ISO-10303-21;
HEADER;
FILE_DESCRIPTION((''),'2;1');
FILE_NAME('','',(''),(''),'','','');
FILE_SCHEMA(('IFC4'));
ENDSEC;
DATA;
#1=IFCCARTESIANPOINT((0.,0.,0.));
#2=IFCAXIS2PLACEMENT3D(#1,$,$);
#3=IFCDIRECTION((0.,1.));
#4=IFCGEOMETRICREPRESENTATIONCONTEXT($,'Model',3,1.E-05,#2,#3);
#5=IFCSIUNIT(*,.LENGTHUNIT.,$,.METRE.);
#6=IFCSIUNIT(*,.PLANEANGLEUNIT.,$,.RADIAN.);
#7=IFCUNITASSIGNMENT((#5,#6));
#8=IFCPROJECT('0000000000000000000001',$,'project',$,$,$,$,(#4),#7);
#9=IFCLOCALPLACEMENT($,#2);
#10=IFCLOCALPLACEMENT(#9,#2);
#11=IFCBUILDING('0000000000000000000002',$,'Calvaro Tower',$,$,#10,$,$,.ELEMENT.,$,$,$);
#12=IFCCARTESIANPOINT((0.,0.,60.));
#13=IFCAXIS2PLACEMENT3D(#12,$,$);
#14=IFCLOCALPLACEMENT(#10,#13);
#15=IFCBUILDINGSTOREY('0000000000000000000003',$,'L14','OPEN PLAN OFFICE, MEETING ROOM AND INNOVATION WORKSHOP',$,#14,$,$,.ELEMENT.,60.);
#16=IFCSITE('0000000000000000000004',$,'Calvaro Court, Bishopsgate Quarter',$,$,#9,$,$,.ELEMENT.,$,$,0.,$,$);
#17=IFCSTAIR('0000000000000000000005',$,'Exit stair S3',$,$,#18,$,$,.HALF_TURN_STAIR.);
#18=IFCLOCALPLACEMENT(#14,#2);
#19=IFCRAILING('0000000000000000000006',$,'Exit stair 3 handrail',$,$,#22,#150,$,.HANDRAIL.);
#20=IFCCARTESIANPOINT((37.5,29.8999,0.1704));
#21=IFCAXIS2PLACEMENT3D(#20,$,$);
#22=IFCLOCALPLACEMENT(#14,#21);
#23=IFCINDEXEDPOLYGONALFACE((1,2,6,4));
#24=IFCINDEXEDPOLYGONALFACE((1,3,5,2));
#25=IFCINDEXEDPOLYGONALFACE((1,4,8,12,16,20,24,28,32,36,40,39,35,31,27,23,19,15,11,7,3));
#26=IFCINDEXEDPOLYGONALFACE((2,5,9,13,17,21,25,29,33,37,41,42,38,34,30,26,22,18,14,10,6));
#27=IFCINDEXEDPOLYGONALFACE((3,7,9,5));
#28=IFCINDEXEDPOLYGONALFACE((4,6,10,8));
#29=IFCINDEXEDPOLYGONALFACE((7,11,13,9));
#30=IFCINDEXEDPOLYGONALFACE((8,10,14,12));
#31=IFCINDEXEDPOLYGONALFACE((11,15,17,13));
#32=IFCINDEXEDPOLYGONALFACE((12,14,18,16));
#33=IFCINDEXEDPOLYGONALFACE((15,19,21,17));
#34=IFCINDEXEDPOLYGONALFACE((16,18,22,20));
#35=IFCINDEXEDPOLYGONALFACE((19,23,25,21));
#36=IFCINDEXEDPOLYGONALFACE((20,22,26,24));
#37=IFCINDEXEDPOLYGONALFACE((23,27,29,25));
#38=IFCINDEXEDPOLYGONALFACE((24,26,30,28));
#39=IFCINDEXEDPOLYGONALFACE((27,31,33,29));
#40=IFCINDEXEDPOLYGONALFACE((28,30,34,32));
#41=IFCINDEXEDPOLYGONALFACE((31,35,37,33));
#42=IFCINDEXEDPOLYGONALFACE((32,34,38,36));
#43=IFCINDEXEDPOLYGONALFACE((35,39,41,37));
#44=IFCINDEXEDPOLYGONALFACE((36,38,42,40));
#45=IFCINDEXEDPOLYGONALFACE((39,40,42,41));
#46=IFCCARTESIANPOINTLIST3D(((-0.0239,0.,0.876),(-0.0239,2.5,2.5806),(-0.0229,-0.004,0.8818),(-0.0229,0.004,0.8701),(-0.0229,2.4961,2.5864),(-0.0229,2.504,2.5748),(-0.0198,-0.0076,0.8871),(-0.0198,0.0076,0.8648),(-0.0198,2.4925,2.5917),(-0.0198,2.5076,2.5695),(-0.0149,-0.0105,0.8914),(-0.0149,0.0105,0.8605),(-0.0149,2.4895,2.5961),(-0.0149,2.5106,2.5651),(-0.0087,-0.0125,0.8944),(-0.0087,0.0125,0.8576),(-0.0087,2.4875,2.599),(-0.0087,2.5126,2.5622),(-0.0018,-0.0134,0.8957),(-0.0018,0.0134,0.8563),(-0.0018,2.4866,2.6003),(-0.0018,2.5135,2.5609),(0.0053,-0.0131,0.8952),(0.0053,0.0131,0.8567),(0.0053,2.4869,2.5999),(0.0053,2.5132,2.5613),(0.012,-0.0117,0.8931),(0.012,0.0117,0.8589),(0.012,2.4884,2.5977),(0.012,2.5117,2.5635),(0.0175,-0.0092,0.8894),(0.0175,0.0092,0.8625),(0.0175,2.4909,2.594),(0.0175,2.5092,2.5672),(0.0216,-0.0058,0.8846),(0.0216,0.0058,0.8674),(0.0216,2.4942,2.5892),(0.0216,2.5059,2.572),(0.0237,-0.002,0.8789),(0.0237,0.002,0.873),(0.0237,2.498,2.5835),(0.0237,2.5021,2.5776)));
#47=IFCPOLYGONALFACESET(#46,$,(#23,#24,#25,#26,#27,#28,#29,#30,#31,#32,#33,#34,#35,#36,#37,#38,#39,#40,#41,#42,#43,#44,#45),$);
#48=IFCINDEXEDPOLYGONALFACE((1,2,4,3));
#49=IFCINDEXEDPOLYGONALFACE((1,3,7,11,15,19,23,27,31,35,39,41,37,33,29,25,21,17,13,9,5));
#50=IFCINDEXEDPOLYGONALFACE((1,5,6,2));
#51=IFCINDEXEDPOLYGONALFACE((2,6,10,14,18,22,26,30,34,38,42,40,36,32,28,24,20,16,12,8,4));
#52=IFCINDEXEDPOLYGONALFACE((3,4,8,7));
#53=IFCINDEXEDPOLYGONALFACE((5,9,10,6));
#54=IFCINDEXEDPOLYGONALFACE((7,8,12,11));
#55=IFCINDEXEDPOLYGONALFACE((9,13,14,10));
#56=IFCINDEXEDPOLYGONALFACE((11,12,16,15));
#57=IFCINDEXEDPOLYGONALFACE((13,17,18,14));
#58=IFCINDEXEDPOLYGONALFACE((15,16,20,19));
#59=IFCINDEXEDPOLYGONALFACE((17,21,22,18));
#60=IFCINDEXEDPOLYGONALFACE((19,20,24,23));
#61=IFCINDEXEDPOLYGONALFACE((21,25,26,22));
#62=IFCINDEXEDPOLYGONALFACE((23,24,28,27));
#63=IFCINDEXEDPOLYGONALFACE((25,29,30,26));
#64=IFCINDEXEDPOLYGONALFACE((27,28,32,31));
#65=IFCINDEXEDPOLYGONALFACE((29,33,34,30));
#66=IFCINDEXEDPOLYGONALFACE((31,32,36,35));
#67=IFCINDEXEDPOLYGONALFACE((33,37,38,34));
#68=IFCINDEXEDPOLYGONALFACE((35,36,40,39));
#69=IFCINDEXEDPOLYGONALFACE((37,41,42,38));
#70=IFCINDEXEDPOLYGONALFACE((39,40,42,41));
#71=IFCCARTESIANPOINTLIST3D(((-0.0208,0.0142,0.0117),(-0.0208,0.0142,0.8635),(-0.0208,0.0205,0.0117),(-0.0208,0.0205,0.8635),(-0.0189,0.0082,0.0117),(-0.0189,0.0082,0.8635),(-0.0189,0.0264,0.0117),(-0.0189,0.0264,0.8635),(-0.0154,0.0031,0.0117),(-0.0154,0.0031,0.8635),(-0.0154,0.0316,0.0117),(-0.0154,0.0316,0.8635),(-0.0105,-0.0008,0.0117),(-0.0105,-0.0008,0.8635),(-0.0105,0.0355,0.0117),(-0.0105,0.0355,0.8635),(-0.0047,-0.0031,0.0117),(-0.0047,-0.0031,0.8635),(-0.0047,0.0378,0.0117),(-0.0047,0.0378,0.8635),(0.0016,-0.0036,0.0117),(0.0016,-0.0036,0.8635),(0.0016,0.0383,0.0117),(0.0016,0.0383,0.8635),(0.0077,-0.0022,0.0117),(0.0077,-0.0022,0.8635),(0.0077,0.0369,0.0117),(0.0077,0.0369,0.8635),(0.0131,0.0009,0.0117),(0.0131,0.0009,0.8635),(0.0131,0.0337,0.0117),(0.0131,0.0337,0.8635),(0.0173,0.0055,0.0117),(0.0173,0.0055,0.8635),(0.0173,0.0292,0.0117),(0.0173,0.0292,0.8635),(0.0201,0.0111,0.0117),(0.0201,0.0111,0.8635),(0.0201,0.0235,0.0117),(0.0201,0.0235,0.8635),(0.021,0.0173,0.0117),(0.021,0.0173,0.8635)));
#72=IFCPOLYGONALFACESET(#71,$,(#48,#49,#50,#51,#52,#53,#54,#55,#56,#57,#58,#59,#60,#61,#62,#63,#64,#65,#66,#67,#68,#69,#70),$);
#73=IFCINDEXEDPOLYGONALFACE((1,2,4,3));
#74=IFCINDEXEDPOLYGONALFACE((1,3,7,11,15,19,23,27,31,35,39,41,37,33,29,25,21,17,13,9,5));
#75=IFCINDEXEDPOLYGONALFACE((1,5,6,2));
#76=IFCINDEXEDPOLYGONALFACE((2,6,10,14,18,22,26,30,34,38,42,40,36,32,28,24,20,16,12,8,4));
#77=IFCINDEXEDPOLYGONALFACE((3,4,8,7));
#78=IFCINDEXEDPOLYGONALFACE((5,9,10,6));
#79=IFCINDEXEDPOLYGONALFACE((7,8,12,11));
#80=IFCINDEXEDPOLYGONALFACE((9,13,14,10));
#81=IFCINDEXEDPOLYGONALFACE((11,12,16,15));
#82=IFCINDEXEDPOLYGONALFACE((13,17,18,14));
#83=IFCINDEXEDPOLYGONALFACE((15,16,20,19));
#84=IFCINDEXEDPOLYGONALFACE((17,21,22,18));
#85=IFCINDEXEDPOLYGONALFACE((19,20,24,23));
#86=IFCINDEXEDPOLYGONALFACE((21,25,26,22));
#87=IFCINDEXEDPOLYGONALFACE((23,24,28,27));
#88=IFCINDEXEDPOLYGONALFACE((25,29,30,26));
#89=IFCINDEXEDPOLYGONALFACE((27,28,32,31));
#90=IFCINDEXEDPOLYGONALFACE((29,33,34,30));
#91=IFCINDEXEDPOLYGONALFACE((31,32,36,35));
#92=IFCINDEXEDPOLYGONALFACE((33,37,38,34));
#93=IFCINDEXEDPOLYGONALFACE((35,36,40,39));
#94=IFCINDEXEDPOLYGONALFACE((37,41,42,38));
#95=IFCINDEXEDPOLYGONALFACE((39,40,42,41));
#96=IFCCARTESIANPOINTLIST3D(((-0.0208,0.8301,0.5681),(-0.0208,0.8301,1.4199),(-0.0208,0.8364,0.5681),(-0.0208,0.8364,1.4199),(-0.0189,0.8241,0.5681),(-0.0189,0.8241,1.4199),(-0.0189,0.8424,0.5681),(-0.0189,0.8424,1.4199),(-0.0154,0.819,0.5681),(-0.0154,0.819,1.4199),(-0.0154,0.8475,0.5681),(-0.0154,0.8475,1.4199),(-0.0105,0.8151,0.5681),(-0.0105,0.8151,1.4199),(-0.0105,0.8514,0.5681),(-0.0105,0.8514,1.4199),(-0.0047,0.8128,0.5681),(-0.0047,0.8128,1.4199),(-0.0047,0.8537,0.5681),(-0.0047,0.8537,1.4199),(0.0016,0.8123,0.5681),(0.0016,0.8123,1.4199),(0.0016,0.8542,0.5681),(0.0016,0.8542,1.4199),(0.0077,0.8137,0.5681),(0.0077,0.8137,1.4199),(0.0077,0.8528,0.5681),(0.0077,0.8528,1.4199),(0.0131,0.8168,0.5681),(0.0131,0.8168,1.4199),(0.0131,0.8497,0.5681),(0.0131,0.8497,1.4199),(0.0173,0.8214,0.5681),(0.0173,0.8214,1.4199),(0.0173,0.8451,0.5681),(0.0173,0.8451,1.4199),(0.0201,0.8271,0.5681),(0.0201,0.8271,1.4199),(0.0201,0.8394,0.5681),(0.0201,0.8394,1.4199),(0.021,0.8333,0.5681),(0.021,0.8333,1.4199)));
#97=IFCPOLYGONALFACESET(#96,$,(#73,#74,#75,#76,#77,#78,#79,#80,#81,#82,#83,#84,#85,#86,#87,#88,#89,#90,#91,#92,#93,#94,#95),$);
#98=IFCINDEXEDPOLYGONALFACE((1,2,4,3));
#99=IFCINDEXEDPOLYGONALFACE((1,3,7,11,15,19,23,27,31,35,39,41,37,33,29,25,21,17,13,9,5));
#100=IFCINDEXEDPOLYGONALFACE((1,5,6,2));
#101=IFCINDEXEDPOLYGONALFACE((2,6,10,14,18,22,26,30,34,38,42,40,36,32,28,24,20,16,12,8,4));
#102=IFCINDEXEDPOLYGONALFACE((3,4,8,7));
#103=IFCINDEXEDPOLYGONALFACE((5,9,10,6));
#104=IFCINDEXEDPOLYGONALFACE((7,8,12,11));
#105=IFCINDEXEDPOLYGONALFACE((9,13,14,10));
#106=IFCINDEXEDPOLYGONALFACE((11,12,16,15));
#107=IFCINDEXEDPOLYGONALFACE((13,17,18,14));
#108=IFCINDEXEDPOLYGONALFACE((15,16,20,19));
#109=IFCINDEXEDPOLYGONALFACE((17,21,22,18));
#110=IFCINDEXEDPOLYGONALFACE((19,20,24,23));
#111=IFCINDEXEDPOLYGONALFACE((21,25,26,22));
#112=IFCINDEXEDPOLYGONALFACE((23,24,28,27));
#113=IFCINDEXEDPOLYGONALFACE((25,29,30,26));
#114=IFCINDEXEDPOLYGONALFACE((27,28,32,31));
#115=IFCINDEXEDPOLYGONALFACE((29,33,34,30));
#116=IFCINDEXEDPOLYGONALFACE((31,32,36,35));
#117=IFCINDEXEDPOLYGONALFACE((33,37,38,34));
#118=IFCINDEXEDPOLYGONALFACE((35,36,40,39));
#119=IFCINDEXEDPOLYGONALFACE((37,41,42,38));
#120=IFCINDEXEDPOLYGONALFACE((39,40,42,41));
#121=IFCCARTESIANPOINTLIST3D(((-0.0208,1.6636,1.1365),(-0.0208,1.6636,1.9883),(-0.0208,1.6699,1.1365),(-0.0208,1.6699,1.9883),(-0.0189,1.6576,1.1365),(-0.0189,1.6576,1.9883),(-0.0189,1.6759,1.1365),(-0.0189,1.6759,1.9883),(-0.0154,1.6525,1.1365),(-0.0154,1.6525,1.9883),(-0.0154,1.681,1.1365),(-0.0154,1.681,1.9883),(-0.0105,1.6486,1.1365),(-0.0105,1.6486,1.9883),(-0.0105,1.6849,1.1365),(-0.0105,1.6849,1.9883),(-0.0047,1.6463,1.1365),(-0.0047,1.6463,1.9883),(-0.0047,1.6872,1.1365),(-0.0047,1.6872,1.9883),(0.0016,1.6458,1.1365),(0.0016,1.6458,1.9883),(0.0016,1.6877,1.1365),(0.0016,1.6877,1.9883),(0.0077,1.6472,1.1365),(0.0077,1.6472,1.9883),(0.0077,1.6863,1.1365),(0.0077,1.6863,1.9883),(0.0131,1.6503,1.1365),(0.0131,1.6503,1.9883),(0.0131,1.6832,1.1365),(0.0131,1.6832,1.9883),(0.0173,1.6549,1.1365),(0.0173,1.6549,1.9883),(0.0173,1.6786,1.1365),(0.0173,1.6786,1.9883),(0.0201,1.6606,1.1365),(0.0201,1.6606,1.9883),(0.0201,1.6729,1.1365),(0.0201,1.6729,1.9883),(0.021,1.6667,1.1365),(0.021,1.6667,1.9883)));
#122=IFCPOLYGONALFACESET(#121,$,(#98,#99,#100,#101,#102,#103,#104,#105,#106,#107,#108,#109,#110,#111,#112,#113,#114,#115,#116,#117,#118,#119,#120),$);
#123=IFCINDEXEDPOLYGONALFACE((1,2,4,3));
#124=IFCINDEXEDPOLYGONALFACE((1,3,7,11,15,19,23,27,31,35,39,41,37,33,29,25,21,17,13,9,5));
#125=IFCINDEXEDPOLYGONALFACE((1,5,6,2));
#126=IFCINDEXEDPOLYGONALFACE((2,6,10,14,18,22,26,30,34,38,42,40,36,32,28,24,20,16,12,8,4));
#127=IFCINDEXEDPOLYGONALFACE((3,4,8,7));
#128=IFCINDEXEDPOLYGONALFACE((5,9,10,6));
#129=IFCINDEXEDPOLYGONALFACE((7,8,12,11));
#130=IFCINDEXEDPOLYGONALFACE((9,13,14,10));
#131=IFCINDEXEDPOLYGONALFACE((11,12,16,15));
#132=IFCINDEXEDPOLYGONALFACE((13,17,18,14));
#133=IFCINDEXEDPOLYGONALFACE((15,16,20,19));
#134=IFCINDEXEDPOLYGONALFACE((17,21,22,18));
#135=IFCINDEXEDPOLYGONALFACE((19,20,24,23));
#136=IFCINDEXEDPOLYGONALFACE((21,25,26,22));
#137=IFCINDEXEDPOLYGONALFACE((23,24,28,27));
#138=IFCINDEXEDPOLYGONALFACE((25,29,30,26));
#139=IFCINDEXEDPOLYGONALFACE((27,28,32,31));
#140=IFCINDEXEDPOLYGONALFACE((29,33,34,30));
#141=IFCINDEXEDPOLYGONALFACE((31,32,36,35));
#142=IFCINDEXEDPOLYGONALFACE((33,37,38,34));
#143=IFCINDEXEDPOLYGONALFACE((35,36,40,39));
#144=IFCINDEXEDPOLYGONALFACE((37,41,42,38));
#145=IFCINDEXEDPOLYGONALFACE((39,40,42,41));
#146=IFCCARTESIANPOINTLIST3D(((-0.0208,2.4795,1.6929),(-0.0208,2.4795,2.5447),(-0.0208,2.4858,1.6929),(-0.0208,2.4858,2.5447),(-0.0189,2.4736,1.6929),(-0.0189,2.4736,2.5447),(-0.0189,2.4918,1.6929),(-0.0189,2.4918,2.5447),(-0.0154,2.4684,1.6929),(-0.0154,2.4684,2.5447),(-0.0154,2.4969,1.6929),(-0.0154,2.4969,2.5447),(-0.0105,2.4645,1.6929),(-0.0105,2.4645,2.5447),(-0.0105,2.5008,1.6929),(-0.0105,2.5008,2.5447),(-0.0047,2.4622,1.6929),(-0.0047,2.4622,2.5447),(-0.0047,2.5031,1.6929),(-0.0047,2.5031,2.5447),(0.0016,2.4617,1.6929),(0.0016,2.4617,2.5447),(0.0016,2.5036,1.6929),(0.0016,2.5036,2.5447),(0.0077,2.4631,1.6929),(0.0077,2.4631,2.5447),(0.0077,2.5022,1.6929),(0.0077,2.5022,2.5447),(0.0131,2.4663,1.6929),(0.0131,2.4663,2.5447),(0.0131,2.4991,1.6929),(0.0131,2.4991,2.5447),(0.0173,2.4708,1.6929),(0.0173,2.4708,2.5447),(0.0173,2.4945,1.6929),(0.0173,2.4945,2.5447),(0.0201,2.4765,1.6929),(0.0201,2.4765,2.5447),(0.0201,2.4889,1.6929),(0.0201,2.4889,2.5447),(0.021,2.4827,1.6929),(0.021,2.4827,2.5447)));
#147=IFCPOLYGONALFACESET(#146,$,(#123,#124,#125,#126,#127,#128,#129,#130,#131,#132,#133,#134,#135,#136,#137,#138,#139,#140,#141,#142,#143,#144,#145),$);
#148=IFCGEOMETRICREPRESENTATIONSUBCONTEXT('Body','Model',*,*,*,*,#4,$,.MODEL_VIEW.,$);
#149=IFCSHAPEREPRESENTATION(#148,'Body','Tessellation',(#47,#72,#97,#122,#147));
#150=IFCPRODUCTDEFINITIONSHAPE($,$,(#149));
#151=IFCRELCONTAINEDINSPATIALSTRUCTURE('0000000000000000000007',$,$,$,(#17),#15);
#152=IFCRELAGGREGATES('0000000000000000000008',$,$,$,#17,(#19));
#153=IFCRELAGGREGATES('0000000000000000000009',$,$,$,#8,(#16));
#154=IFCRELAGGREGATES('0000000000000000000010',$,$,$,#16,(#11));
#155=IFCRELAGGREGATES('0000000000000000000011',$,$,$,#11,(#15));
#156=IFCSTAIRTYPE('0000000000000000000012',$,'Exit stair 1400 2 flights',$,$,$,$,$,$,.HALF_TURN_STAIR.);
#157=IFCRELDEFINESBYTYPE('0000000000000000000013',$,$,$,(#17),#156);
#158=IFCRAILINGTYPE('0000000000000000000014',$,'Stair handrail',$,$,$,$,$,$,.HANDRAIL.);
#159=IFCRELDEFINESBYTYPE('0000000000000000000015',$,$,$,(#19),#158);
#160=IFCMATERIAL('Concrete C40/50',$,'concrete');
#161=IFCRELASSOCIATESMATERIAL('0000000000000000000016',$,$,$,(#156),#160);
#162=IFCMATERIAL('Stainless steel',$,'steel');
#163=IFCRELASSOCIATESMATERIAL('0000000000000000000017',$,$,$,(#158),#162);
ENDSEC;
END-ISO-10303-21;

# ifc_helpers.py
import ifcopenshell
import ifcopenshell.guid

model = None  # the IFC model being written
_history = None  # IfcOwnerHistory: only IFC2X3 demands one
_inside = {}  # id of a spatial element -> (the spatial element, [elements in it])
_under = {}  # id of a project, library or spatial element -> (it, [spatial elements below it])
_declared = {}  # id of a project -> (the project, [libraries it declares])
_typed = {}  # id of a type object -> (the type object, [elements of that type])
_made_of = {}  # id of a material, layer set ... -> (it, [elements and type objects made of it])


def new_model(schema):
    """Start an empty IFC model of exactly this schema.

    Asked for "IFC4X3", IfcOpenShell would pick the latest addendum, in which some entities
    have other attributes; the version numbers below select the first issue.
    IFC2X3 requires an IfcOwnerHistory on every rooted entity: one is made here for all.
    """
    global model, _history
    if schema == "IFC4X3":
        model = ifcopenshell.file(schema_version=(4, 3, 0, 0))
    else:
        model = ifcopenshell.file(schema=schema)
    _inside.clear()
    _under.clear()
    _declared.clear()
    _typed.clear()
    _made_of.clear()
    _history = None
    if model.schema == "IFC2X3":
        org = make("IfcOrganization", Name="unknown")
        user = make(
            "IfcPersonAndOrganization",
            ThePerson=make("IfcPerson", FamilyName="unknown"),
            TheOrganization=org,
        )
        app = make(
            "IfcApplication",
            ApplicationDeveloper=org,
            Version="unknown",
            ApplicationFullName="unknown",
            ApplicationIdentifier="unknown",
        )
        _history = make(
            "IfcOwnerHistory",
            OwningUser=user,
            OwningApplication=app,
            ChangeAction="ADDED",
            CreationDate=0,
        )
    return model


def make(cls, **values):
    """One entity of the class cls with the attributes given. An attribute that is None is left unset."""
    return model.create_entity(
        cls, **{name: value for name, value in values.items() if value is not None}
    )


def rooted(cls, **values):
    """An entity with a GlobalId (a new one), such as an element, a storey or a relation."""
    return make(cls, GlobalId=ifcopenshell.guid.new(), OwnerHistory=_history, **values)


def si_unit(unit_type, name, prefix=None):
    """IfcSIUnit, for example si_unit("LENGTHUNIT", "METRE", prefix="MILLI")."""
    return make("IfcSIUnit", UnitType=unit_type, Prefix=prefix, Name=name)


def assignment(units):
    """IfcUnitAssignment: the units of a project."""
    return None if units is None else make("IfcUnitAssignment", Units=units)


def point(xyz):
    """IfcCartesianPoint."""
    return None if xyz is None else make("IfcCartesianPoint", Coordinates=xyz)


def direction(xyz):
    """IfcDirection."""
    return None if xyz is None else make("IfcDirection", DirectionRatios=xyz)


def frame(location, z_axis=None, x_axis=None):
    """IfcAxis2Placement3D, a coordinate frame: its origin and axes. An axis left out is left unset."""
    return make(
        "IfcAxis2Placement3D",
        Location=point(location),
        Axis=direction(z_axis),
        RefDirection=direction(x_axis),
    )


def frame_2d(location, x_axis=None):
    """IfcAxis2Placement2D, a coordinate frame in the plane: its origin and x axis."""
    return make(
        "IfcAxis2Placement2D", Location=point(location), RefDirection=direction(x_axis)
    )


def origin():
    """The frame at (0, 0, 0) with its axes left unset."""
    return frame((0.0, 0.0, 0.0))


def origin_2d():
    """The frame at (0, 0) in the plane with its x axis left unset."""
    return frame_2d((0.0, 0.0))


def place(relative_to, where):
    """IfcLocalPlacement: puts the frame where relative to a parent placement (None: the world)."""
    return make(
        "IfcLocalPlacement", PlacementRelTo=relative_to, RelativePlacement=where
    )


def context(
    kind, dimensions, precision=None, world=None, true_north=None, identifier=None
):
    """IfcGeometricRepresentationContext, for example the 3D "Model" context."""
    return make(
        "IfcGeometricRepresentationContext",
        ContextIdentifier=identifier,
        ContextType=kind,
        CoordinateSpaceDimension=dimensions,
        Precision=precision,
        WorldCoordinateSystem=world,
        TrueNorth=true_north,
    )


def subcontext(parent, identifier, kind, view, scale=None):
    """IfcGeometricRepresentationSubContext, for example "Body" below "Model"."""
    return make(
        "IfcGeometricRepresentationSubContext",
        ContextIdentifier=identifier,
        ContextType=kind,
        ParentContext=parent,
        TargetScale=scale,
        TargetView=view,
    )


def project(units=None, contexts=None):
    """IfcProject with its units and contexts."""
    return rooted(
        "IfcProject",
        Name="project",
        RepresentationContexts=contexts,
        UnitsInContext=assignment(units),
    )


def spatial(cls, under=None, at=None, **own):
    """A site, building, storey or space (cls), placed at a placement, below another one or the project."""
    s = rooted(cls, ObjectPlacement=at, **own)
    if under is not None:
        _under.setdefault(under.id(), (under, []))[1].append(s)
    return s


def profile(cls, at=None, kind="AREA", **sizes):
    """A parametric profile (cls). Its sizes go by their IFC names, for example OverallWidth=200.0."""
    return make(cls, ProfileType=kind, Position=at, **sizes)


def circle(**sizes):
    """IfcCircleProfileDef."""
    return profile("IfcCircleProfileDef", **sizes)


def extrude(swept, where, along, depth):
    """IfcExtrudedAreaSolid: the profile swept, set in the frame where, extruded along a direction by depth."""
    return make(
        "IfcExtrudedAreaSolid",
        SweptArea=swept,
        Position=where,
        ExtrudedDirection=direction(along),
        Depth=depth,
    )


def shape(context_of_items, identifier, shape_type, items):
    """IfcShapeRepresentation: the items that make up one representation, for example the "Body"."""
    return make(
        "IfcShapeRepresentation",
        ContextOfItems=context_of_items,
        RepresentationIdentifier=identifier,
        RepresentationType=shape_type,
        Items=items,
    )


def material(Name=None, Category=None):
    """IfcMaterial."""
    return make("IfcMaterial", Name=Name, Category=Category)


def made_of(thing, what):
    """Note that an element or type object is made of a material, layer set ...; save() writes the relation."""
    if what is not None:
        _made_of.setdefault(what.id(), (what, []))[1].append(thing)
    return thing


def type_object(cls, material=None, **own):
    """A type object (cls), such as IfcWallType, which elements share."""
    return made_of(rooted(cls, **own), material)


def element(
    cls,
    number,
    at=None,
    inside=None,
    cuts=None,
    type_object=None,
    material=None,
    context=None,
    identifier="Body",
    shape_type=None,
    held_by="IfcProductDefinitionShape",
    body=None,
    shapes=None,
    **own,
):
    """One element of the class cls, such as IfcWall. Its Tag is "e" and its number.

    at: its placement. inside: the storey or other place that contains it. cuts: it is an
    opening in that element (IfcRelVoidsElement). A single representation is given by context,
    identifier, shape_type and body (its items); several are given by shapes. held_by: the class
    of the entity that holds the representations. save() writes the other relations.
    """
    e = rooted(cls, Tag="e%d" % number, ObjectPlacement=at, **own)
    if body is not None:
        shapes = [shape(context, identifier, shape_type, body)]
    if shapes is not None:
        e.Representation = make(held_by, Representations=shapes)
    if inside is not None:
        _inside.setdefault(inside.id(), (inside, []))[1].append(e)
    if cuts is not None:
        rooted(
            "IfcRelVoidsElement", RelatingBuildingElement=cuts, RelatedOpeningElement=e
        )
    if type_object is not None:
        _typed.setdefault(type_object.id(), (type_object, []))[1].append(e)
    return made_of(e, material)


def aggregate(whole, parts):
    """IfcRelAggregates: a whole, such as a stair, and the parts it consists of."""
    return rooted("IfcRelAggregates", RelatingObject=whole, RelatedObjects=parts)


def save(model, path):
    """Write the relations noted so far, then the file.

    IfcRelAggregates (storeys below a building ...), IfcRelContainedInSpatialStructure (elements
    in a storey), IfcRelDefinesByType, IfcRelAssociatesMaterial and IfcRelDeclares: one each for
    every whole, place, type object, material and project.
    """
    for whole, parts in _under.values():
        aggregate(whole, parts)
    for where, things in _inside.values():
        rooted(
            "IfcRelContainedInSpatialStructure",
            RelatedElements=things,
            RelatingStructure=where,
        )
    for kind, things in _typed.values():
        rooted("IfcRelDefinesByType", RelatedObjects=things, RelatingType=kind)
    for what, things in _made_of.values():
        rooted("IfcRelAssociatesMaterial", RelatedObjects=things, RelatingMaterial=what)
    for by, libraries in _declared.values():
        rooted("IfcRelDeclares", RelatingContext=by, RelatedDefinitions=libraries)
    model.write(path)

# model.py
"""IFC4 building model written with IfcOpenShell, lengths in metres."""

from ifc_helpers import new_model, si_unit, direction, frame, origin, origin_2d, place, context, subcontext, project, spatial, circle, extrude, material, type_object, element, aggregate, save


model = new_model("IFC4")

# Units and contexts
model_context = context("Model", 3, precision=1e-05, world=origin(), true_north=direction((0.0, 1.0)))
body_context = subcontext(model_context, "Body", "Model", "MODEL_VIEW")
ifc_project = project(units=[si_unit("LENGTHUNIT", "METRE"), si_unit("PLANEANGLEUNIT", "RADIAN")], contexts=[model_context])

# Site, building, storey
site_placement = place(None, origin())
site = spatial("IfcSite", under=ifc_project, at=site_placement, Name="Calvaro Court, Bishopsgate Quarter", CompositionType="ELEMENT", RefElevation=0.0)
building_placement = place(site_placement, origin())
building = spatial("IfcBuilding", under=site, at=building_placement, Name="Calvaro Tower", CompositionType="ELEMENT")
storey_placement = place(building_placement, frame((0.0, 0.0, 60.0)))
storey = spatial("IfcBuildingStorey", under=building, at=storey_placement, Name="L14", Description="OPEN PLAN OFFICE, MEETING ROOM AND INNOVATION WORKSHOP", CompositionType="ELEMENT", Elevation=60.0)

# Stair
ifc_material_1 = material(Name="Concrete C40/50", Category="concrete")
stair_type = type_object("IfcStairType", Name="Exit stair 1400 2 flights", PredefinedType="HALF_TURN_STAIR", material=ifc_material_1)
stair_1_placement = place(storey_placement, origin())
stair_1 = element("IfcStair", 1, at=stair_1_placement, inside=storey, type_object=stair_type, Name="Exit stair S3", PredefinedType="HALF_TURN_STAIR")

# Railing
ifc_material_2 = material(Name="Stainless steel", Category="steel")
railing_type = type_object("IfcRailingType", Name="Stair handrail", PredefinedType="HANDRAIL", material=ifc_material_2)
railing_1_placement = place(storey_placement, frame((37.5, 29.8999, 0.1704)))
railing_1 = element("IfcRailing", 2, at=railing_1_placement, type_object=railing_type, Name="Exit stair 3 handrail", PredefinedType="HANDRAIL", context=body_context, shape_type="SweptSolid", body=[
    extrude(circle(Radius=0.0239, at=origin_2d()), frame((0.0, 0.0, 0.876), z_axis=(0.0, 0.826221, 0.563347), x_axis=(-1.0, 0.0, 0.0)), (0.0, 0.0, 1.0), 3.0259),
    extrude(circle(Radius=0.021, at=origin_2d()), frame((0.0, 0.0173, 0.0117)), (0.0, 0.0, 1.0), 0.8518),
    extrude(circle(Radius=0.021, at=origin_2d()), frame((0.0, 0.8333, 0.5681)), (0.0, 0.0, 1.0), 0.8518),
    extrude(circle(Radius=0.021, at=origin_2d()), frame((0.0, 1.6667, 1.1365)), (0.0, 0.0, 1.0), 0.8518),
    extrude(circle(Radius=0.021, at=origin_2d()), frame((0.0, 2.4827, 1.6929)), (0.0, 0.0, 1.0), 0.8518),
])
aggregate(stair_1, [railing_1])

save(model, "model.ifc")
